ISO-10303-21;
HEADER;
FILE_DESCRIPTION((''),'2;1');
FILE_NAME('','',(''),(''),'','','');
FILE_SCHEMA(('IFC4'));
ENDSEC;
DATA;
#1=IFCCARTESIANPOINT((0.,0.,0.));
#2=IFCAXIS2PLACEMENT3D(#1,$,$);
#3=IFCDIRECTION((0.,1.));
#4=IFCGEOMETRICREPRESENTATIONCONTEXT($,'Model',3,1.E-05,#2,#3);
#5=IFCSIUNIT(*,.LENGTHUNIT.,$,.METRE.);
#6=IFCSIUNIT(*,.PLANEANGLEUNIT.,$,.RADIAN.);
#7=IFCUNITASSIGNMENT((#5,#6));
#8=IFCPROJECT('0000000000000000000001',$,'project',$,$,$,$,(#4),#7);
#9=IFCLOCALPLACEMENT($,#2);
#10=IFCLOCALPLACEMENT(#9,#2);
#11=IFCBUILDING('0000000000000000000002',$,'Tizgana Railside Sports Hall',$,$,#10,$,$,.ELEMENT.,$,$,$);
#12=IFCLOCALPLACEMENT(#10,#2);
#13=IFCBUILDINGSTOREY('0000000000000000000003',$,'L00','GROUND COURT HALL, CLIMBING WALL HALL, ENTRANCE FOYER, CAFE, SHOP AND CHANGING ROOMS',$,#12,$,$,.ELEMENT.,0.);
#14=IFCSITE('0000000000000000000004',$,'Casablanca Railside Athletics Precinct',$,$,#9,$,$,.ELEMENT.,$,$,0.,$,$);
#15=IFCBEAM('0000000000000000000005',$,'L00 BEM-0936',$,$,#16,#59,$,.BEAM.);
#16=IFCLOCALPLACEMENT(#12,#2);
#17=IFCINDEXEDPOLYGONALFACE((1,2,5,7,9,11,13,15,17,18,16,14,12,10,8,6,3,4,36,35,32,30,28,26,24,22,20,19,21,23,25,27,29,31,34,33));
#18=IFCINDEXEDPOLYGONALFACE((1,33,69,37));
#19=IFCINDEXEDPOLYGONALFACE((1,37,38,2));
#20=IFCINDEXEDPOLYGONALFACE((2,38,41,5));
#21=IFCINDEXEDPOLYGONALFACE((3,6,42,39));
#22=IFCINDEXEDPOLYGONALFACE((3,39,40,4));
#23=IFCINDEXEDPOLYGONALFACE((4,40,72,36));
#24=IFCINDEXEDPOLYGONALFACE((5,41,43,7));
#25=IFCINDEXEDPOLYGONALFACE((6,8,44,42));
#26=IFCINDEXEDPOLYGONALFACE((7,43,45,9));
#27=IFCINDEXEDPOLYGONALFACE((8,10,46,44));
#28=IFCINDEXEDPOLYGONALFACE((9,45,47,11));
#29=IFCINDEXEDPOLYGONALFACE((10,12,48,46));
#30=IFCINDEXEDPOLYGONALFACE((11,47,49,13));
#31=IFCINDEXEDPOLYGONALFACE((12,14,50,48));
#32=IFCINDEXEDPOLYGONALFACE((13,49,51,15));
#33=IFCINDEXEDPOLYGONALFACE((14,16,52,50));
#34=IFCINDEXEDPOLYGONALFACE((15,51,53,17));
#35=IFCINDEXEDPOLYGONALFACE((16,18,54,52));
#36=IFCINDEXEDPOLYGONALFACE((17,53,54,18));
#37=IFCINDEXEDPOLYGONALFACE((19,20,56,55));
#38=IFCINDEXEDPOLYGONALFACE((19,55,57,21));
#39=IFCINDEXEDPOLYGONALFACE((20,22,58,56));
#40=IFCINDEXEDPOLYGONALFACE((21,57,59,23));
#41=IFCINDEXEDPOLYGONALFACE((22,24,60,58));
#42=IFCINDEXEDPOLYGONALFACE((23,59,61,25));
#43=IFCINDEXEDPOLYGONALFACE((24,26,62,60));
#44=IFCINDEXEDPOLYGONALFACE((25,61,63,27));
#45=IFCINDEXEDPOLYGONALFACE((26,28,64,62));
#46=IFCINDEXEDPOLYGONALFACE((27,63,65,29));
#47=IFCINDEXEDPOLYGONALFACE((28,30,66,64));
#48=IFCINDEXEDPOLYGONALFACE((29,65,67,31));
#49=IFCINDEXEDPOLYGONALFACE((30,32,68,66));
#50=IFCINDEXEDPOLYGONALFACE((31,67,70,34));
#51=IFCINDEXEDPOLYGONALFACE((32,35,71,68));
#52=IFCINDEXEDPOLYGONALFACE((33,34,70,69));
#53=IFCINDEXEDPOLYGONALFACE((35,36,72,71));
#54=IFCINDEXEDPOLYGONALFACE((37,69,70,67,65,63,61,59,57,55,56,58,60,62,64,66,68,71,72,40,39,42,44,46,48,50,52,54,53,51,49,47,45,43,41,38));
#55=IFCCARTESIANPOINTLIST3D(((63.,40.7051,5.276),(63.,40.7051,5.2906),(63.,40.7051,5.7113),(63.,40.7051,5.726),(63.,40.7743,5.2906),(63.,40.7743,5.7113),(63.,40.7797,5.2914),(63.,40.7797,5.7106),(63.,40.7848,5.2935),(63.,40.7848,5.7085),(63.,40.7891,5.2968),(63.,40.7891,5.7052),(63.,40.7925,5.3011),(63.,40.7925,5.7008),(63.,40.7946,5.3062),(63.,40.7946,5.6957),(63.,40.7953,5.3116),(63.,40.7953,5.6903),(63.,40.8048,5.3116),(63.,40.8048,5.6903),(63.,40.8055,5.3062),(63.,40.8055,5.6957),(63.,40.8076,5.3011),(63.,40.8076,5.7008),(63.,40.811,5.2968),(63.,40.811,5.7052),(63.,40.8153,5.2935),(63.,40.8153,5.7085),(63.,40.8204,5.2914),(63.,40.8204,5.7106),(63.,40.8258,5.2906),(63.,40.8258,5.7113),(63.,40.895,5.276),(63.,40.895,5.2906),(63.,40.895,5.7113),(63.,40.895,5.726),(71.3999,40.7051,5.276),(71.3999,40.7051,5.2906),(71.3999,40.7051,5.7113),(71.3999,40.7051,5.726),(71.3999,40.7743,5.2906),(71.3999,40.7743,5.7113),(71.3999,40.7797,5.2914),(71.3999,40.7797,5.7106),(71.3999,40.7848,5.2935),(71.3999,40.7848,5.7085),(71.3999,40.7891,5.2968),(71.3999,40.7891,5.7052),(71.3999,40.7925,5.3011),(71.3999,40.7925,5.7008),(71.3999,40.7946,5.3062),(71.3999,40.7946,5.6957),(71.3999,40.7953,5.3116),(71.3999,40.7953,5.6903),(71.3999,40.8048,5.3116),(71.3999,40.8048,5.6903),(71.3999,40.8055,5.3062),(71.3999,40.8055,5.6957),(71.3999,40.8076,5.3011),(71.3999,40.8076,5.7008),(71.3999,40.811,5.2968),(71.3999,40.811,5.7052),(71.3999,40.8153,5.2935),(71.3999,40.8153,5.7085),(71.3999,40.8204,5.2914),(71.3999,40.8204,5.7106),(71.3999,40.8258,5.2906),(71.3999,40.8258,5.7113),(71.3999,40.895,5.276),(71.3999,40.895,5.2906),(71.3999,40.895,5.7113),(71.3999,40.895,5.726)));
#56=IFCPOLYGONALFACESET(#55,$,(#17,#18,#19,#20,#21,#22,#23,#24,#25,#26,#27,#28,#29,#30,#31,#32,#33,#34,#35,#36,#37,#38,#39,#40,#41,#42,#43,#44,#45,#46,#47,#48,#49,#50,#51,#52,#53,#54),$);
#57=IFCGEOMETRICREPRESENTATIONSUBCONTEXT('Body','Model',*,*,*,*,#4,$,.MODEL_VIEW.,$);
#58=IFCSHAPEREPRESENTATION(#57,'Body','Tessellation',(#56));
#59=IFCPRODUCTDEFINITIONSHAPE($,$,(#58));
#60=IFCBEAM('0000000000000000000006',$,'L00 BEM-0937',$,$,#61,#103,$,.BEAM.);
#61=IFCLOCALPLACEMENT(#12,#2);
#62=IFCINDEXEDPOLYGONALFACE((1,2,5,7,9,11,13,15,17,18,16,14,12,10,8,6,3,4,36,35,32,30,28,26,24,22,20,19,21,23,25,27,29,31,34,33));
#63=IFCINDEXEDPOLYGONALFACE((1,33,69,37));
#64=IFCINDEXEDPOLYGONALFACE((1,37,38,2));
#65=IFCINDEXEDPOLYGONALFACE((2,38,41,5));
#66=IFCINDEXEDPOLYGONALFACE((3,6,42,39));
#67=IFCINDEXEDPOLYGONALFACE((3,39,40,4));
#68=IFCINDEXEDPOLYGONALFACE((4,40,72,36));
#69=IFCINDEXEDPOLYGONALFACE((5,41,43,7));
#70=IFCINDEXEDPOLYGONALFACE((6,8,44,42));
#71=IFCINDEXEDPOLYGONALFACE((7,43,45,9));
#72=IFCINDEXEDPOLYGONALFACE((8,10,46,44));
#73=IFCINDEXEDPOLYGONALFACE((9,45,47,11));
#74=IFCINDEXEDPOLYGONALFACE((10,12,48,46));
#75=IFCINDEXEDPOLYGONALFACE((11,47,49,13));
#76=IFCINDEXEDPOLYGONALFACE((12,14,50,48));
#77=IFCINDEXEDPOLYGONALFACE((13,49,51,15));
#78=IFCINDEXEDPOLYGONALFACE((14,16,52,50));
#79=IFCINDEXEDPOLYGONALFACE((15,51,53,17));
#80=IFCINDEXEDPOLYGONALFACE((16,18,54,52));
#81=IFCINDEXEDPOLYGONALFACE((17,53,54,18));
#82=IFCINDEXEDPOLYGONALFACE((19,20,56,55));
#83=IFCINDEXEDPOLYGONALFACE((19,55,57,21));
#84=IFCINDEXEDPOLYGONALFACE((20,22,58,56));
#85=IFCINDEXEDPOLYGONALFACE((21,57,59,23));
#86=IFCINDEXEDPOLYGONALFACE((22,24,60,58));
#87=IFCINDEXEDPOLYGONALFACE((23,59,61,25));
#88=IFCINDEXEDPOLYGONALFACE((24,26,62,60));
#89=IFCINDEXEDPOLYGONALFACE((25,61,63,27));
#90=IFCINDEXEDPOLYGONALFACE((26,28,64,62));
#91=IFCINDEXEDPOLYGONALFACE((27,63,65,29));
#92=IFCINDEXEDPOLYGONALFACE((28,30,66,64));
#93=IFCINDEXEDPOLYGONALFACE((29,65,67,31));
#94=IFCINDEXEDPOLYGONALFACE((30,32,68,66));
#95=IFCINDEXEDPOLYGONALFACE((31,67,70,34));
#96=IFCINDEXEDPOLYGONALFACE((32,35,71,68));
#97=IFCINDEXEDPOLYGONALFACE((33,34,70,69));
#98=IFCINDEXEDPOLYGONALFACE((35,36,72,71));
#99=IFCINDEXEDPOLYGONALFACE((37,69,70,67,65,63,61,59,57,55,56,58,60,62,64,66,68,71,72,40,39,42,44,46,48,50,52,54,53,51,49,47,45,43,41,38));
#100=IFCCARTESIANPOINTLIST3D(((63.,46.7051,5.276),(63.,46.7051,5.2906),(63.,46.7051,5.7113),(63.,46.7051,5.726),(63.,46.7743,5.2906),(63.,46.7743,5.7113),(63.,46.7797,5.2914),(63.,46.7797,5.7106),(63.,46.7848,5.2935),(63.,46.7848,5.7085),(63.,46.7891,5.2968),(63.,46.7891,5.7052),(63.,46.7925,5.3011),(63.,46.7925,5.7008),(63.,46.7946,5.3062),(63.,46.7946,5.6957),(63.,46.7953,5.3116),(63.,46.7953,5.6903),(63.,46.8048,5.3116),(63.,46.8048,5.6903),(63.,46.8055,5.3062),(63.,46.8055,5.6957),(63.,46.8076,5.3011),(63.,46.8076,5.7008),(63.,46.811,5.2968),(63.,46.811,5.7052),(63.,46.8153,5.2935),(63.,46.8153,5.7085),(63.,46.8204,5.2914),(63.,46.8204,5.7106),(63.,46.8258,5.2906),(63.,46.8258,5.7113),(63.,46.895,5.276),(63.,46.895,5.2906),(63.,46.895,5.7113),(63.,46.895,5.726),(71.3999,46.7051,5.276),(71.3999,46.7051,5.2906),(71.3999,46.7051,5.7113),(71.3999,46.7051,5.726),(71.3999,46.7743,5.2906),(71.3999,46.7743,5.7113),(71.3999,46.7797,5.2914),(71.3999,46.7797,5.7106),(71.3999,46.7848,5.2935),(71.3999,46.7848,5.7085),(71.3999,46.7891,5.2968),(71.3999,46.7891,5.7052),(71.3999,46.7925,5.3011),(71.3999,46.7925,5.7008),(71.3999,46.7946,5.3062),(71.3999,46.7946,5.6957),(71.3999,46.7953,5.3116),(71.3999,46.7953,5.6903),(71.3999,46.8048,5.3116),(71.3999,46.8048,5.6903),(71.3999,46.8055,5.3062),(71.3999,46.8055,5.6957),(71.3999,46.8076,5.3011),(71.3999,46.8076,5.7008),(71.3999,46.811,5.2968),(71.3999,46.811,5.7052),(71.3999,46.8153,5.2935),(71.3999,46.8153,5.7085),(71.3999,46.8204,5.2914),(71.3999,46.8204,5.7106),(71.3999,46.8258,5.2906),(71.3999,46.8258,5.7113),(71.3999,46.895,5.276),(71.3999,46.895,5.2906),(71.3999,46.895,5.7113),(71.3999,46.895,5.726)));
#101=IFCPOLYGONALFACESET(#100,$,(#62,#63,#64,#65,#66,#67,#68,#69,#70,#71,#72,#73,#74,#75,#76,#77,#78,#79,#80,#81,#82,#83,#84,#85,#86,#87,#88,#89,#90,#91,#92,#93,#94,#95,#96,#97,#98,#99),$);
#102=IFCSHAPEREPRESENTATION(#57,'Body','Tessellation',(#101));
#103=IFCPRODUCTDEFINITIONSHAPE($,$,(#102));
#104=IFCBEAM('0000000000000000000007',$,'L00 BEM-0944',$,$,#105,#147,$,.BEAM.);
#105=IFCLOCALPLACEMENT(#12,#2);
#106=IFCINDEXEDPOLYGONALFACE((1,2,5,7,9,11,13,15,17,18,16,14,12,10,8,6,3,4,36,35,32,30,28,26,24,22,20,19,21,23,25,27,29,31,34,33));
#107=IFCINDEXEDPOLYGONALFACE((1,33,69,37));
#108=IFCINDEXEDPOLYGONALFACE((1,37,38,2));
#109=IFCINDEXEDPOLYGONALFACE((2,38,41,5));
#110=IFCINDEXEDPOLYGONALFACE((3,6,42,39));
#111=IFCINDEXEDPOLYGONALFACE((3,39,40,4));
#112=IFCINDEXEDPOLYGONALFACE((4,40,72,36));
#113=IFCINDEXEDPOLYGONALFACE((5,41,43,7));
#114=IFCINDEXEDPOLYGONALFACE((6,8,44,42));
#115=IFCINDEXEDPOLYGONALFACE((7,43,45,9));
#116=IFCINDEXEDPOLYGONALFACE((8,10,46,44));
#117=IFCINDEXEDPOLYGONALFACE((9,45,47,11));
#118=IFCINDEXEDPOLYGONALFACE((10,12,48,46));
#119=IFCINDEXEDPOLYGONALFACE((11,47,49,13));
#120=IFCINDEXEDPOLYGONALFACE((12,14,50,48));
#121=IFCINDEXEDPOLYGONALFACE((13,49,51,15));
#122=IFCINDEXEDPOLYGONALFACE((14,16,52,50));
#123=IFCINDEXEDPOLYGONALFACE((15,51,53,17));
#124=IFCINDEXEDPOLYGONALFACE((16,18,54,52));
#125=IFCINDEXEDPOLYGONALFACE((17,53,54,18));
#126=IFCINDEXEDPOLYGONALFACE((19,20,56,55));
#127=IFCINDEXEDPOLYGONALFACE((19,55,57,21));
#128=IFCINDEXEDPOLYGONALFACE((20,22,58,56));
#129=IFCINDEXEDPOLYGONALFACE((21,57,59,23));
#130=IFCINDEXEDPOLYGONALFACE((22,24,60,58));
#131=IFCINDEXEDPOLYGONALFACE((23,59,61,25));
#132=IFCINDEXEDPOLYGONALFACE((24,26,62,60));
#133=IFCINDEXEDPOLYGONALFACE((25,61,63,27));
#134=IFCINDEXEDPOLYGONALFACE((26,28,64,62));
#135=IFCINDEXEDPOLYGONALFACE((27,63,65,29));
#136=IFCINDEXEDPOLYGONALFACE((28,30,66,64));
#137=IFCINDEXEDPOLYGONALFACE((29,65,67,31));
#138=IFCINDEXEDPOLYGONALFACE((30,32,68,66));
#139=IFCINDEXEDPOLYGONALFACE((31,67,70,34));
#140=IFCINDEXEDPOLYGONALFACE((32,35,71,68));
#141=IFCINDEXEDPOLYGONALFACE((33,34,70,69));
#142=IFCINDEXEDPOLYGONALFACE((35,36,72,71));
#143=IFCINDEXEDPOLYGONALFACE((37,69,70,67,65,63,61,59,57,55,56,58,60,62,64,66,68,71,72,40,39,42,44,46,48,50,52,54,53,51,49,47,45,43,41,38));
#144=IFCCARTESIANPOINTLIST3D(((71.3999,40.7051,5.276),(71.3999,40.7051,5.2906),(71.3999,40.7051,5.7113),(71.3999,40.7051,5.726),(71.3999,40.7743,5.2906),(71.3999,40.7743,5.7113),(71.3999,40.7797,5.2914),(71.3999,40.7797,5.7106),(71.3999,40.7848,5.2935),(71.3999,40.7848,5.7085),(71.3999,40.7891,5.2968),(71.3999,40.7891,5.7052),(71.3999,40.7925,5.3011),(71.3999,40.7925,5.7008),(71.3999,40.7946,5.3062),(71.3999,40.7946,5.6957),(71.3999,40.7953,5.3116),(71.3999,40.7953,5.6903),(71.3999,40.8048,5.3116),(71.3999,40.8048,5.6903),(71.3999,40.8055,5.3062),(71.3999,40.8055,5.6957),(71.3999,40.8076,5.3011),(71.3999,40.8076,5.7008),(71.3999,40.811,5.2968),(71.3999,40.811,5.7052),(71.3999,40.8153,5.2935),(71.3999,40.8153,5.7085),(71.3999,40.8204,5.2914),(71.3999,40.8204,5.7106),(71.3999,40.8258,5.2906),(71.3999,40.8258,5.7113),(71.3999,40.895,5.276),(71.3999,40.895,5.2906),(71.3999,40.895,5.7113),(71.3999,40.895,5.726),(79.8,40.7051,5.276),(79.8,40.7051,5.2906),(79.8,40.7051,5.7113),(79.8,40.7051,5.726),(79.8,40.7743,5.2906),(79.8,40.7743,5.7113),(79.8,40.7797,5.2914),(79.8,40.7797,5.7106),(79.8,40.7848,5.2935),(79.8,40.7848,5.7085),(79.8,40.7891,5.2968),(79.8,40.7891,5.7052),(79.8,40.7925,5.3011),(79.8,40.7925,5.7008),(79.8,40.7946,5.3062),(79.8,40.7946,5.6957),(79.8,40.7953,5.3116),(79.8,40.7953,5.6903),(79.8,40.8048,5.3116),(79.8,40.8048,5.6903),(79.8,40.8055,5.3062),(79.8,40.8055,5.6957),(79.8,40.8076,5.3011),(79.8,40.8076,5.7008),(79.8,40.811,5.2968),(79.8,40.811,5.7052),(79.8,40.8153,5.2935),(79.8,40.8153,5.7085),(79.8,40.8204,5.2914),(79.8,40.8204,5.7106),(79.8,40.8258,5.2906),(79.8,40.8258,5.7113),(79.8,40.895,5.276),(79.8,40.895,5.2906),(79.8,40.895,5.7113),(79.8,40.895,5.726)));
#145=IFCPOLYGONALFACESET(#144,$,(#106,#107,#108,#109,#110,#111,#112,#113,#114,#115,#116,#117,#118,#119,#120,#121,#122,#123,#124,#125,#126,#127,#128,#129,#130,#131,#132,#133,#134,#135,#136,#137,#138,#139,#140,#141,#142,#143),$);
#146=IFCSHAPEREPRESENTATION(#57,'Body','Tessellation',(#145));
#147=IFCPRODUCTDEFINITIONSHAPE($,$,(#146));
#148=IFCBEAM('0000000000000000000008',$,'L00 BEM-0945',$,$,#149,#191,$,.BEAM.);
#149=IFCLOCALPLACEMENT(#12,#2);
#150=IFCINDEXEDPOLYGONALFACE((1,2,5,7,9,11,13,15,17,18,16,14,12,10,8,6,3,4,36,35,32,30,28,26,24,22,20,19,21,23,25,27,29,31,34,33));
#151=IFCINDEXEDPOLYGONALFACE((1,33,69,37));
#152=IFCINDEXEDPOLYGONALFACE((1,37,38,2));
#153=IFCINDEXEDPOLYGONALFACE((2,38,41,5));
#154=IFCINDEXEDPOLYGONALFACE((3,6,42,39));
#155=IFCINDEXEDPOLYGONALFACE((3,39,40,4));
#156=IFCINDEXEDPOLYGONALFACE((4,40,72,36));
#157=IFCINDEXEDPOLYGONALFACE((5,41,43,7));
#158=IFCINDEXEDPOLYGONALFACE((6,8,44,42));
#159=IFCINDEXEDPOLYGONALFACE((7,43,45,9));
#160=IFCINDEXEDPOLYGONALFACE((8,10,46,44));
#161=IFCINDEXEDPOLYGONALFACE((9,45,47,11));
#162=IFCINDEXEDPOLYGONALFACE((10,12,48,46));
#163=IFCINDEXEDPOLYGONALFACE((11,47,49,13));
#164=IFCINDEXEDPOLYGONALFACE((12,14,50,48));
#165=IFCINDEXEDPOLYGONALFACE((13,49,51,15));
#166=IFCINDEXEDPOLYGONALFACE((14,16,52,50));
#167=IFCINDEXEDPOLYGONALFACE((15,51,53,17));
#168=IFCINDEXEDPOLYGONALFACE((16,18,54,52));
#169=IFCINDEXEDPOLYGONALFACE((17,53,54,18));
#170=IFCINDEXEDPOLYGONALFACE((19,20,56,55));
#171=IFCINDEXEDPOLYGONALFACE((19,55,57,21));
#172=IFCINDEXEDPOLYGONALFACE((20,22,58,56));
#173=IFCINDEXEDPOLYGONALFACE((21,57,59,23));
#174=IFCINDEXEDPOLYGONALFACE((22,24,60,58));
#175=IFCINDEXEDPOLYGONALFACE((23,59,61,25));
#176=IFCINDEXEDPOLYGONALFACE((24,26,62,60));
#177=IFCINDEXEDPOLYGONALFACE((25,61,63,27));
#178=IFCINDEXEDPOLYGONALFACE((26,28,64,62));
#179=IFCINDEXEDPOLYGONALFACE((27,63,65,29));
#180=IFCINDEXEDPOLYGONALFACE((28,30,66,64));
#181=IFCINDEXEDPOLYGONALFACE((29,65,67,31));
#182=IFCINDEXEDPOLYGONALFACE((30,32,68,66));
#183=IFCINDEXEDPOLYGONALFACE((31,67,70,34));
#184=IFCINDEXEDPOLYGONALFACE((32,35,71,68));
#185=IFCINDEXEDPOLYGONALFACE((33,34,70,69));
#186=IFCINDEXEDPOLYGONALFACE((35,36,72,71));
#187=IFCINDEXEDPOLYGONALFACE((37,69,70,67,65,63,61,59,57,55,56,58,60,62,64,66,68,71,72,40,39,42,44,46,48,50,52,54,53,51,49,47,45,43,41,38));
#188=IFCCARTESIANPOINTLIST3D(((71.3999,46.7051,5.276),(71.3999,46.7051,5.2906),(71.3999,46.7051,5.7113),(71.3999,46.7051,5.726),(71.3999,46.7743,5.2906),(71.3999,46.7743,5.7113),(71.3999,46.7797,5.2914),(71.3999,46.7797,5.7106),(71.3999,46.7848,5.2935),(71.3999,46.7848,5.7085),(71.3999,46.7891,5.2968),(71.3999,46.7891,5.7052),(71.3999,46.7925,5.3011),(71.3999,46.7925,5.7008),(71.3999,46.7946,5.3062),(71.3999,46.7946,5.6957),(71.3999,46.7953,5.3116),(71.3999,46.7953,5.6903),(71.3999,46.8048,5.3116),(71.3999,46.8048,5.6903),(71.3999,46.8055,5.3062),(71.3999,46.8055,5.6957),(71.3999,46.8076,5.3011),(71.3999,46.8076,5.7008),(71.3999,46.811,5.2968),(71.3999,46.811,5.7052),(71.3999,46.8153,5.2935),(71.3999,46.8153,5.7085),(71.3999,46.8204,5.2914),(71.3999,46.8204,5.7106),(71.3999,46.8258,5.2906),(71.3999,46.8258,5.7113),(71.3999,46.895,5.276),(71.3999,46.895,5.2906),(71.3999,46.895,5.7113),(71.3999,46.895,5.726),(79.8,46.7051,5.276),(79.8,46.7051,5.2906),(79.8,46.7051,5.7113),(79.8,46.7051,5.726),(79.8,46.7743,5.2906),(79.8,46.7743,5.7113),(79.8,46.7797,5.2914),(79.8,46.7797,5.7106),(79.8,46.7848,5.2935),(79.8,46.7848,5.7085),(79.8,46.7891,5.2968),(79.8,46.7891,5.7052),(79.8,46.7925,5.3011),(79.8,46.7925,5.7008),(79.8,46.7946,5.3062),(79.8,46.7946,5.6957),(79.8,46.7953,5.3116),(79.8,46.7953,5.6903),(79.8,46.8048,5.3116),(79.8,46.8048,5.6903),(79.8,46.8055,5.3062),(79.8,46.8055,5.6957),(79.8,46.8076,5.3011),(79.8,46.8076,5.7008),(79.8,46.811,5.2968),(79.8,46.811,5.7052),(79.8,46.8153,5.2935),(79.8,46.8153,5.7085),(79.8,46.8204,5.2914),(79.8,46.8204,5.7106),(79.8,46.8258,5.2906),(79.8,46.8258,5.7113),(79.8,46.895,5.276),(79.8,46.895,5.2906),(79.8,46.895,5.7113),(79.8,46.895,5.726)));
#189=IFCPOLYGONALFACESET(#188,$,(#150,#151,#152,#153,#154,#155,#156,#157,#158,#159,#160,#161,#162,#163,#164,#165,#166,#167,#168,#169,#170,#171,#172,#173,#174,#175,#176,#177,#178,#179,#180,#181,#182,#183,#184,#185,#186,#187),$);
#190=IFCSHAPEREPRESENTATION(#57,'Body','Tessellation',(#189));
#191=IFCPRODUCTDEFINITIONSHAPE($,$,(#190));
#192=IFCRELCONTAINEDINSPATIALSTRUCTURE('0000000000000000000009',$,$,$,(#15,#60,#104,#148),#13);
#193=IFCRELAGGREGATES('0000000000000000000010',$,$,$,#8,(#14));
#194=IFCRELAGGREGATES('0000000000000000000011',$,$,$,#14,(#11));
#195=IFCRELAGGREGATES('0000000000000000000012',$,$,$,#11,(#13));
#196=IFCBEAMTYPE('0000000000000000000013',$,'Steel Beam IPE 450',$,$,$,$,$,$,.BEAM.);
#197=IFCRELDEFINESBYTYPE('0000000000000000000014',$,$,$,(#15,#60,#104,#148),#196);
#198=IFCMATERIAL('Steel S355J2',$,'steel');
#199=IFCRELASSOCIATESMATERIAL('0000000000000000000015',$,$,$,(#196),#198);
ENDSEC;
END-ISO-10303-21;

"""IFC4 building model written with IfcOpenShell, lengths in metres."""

from ifc_helpers import new_model, si_unit, direction, frame, origin, origin_2d, place, context, subcontext, project, spatial, i_section, extrude, material, material_profile, profile_set, type_object, element, save


model = new_model("IFC4")

# Units and contexts
model_context = context("Model", 3, precision=1e-05, world=origin(), true_north=direction((0.0, 1.0)))
body_context = subcontext(model_context, "Body", "Model", "MODEL_VIEW")
ifc_project = project(units=[si_unit("LENGTHUNIT", "METRE"), si_unit("PLANEANGLEUNIT", "RADIAN")], contexts=[model_context])

# Site, building, storey
site_placement = place(None, origin())
site = spatial("IfcSite", under=ifc_project, at=site_placement, Name="Casablanca Railside Athletics Precinct", CompositionType="ELEMENT", RefElevation=0.0)
building_placement = place(site_placement, origin())
building = spatial("IfcBuilding", under=site, at=building_placement, Name="Tizgana Railside Sports Hall", CompositionType="ELEMENT")
storey_placement = place(building_placement, origin())
storey = spatial("IfcBuildingStorey", under=building, at=storey_placement, Name="L00", Description="GROUND COURT HALL, CLIMBING WALL HALL, ENTRANCE FOYER, CAFE, SHOP AND CHANGING ROOMS", CompositionType="ELEMENT", Elevation=0.0)

# Shared definitions
ifc_material_1 = material(Name="Steel S355J2", Category="steel")

# Beams
ifc_material_profile_1 = material_profile(ifc_material_1, i_section(OverallWidth=0.1899, OverallDepth=0.45, WebThickness=0.0095, FlangeThickness=0.0146, FilletRadius=0.021, at=origin_2d()), Name="IPE 450")
ifc_profile_set_1 = profile_set([ifc_material_profile_1], Name="Steel S355J2")
beam_type_1 = type_object("IfcBeamType", Name="Steel Beam IPE 450", PredefinedType="BEAM", material=ifc_profile_set_1)
for number, where, z_axis, x_axis, name in (
    (1, (63.0, 40.8, 5.501), (1.0, 0.0, 0.0), (0.0, 1.0, 0.0), "L00 BEM-0936"),
    (2, (63.0, 46.8, 5.501), (1.0, 0.0, 0.0), (0.0, 1.0, 0.0), "L00 BEM-0937"),
):
    element("IfcBeam", number, at=place(storey_placement, frame(where, z_axis=z_axis, x_axis=x_axis)), inside=storey, type_object=beam_type_1, Name=name, PredefinedType="BEAM", context=body_context, shape_type="SweptSolid", body=[
        extrude(i_section(OverallWidth=0.1899, OverallDepth=0.45, WebThickness=0.0095, FlangeThickness=0.0146, FilletRadius=0.021, at=origin_2d()), origin(), (0.0, 0.0, 1.0), 8.3999),
    ])
for number, where, z_axis, x_axis, name in (
    (3, (71.3999, 40.8, 5.501), (1.0, 0.0, 0.0), (0.0, 1.0, 0.0), "L00 BEM-0944"),
    (4, (71.3999, 46.8, 5.501), (1.0, 0.0, 0.0), (0.0, 1.0, 0.0), "L00 BEM-0945"),
):
    element("IfcBeam", number, at=place(storey_placement, frame(where, z_axis=z_axis, x_axis=x_axis)), inside=storey, type_object=beam_type_1, Name=name, PredefinedType="BEAM", context=body_context, shape_type="SweptSolid", body=[
        extrude(i_section(OverallWidth=0.1899, OverallDepth=0.45, WebThickness=0.0095, FlangeThickness=0.0146, FilletRadius=0.021, at=origin_2d()), origin(), (0.0, 0.0, 1.0), 8.4001),
    ])

save(model, "model.ifc")
